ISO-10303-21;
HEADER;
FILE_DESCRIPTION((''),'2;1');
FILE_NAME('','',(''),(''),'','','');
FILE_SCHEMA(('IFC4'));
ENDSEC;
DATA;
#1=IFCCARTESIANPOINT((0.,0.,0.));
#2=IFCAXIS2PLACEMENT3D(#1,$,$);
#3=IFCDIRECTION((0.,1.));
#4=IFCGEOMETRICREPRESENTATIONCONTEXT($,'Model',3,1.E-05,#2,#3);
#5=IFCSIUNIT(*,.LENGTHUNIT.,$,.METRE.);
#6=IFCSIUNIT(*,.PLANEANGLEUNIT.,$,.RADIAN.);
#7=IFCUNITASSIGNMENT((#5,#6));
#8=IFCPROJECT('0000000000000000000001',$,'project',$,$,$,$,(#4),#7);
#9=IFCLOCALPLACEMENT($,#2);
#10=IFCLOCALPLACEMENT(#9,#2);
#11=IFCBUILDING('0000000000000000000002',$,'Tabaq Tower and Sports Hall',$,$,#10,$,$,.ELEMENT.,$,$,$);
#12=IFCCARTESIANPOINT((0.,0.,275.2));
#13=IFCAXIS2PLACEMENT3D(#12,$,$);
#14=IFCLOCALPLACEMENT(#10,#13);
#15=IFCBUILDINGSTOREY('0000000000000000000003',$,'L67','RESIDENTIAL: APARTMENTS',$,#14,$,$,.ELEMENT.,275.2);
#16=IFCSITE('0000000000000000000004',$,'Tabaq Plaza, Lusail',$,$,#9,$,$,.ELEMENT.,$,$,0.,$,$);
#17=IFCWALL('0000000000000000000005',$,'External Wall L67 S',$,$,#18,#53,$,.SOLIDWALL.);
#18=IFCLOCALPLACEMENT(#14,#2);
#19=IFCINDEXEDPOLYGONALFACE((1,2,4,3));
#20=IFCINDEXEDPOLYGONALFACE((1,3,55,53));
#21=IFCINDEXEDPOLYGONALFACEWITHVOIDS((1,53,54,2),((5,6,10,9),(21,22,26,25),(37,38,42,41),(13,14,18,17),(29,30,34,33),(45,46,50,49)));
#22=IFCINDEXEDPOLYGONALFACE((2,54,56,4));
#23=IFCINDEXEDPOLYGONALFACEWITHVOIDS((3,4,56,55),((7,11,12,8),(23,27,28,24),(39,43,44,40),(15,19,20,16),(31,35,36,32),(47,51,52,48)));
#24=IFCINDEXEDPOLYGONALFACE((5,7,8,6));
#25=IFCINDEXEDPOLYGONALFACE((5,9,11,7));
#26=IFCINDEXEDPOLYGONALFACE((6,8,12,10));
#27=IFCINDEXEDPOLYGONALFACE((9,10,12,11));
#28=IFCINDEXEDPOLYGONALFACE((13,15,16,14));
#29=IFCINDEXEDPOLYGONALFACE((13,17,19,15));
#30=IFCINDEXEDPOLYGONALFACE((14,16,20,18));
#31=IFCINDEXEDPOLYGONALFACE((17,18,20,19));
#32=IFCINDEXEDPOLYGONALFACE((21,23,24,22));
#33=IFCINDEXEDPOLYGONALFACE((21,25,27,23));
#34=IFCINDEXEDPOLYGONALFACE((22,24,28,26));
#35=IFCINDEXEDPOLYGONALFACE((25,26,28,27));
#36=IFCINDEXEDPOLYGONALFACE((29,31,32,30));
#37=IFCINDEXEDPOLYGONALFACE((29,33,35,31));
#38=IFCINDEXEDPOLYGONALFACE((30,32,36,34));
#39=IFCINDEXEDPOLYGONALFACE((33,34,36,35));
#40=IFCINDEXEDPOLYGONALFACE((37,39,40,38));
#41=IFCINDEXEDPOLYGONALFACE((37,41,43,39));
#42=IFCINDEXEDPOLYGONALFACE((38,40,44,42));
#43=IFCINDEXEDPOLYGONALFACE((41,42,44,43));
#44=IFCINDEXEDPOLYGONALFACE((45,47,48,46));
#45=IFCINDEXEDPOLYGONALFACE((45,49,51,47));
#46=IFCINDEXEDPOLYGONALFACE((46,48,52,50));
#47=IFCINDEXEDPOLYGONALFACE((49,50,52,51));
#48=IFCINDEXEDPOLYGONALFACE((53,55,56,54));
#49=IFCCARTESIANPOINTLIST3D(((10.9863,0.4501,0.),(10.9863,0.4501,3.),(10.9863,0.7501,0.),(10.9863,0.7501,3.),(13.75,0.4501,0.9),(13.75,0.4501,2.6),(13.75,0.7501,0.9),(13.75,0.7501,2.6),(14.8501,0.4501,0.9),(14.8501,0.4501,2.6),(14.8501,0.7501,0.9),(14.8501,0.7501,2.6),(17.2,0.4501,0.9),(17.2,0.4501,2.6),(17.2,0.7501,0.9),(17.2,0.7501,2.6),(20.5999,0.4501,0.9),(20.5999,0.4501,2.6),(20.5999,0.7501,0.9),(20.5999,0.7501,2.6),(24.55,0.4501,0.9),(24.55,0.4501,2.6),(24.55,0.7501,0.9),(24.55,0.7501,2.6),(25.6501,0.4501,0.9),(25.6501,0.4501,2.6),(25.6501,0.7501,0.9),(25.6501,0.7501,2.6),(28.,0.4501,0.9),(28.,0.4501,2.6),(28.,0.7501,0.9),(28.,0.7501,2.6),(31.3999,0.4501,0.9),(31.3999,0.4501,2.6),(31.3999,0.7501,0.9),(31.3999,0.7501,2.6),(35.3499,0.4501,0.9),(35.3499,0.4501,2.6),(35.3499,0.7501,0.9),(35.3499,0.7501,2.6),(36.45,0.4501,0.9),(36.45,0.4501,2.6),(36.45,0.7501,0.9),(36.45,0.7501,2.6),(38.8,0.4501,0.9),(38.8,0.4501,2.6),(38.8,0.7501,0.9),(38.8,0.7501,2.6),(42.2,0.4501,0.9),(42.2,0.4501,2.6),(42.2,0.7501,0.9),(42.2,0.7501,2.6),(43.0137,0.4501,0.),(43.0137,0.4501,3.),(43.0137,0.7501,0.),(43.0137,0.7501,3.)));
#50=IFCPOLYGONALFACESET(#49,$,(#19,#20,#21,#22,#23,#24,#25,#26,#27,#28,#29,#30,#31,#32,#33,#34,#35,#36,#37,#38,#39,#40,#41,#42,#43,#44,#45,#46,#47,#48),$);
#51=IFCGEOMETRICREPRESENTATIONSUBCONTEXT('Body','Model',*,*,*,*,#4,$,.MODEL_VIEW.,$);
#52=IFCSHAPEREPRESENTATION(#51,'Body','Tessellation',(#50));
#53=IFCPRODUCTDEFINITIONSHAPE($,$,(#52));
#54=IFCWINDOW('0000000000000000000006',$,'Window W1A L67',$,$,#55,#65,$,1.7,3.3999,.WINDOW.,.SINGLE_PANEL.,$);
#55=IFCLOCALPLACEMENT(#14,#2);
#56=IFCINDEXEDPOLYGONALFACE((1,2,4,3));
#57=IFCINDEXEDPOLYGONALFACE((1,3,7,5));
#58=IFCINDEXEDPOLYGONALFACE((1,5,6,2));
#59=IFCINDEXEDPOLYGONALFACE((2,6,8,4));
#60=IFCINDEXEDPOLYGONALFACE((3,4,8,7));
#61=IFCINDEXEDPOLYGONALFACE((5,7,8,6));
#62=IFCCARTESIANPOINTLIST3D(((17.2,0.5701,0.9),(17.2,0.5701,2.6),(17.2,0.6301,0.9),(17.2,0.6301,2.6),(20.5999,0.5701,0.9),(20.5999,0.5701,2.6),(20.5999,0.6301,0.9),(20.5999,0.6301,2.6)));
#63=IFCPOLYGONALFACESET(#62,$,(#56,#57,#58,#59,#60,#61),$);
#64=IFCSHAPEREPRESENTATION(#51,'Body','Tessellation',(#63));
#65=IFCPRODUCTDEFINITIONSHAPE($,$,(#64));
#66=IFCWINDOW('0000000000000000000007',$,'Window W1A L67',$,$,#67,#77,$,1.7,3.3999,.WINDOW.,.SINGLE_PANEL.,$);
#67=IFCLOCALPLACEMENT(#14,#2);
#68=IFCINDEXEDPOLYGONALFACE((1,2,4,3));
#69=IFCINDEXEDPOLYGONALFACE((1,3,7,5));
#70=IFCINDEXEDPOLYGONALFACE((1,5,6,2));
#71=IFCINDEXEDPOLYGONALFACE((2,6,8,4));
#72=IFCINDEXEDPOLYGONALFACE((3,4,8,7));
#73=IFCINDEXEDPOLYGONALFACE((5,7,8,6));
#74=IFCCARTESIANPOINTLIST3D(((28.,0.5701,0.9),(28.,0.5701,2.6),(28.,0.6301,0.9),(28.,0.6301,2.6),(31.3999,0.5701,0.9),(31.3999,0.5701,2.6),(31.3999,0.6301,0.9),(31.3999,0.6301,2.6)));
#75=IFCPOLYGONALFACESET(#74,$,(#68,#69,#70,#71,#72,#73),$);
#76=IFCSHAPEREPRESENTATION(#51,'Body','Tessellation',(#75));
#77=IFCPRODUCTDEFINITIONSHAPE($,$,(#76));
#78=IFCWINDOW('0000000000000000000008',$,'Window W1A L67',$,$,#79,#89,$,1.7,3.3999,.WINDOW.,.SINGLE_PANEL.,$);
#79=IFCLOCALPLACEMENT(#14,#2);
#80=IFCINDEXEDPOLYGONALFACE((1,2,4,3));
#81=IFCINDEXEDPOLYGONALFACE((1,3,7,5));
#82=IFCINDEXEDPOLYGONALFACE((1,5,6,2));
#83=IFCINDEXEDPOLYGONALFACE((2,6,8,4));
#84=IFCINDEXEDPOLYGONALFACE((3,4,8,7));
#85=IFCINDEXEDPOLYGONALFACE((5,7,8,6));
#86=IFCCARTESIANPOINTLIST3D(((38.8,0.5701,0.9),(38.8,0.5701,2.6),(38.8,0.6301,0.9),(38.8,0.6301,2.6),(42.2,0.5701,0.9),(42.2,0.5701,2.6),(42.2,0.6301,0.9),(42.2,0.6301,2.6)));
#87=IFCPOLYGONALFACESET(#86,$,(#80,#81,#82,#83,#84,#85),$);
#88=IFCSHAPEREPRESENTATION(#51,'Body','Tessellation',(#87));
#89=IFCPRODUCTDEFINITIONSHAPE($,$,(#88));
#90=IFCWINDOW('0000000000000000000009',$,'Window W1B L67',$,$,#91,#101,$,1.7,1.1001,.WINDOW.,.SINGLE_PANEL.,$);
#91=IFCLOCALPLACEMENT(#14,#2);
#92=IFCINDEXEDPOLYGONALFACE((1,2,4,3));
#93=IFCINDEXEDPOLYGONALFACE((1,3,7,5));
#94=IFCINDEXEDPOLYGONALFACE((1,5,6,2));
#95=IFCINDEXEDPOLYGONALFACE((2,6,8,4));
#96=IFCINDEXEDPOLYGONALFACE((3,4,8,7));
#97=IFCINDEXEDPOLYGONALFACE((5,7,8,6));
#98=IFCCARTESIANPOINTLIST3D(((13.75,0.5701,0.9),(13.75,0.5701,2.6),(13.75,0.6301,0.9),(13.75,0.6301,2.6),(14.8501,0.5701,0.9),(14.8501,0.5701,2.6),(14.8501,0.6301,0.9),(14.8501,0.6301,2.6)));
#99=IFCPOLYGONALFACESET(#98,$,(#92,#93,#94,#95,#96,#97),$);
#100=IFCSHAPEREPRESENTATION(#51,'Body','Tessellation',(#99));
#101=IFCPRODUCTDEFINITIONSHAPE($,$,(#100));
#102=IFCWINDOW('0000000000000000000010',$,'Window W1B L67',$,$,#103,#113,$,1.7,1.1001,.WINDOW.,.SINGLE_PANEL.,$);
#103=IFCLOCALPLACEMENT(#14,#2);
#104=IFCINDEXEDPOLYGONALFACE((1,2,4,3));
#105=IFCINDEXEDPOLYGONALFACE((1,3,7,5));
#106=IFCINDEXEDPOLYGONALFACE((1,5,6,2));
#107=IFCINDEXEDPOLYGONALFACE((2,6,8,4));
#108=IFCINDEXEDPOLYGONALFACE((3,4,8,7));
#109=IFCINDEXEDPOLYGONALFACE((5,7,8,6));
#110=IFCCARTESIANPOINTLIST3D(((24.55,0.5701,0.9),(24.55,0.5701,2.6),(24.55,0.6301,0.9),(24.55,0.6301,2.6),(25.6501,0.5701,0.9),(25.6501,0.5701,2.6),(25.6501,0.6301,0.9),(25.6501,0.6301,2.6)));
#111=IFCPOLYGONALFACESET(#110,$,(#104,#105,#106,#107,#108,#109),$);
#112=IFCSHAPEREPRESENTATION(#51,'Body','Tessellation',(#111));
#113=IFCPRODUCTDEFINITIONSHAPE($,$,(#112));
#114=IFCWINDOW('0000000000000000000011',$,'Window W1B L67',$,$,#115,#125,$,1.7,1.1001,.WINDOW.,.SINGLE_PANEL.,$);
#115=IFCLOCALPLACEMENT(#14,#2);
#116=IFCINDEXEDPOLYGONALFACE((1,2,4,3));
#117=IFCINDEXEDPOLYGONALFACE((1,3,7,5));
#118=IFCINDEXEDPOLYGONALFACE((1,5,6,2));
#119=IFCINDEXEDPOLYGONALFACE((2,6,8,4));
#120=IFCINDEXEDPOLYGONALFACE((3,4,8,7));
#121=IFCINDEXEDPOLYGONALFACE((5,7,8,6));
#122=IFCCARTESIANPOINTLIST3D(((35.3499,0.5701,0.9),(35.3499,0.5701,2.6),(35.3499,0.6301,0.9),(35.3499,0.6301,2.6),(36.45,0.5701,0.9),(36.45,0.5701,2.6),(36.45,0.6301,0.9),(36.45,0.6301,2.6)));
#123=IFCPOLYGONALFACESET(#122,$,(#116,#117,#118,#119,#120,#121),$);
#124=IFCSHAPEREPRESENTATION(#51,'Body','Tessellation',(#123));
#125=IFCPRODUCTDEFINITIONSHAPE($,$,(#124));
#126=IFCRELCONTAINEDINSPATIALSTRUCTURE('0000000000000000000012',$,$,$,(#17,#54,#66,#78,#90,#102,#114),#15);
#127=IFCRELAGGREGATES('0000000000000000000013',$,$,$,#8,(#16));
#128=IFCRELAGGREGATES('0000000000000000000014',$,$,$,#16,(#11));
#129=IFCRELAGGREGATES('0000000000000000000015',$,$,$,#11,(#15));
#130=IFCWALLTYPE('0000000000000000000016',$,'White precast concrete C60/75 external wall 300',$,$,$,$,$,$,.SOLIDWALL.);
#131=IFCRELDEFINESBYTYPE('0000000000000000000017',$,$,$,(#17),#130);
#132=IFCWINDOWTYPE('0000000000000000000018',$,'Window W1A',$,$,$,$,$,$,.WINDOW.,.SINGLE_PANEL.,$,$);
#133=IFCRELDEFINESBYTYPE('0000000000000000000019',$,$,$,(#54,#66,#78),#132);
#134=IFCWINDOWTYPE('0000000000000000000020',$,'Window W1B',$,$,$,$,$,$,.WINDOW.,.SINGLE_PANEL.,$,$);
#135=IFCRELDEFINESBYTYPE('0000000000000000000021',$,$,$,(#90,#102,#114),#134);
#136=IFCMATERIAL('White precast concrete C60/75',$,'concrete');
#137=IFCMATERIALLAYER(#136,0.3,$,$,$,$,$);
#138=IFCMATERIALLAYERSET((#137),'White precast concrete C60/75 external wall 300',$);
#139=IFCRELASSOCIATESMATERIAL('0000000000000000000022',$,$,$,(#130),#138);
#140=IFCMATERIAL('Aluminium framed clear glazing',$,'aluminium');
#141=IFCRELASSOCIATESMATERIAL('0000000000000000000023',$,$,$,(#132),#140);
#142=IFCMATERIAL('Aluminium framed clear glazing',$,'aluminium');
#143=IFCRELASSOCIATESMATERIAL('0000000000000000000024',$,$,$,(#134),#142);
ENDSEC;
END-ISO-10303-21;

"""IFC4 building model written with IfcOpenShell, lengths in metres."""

from ifc_helpers import new_model, si_unit, direction, frame, frame_2d, origin, place, context, subcontext, project, spatial, rectangle, extrude, material, layer, layer_set, type_object, element, fill, save


model = new_model("IFC4")

# Units and contexts
model_context = context("Model", 3, precision=1e-05, world=origin(), true_north=direction((0.0, 1.0)))
body_context = subcontext(model_context, "Body", "Model", "MODEL_VIEW")
ifc_project = project(units=[si_unit("LENGTHUNIT", "METRE"), si_unit("PLANEANGLEUNIT", "RADIAN")], contexts=[model_context])

# Site, building, storey
site_placement = place(None, origin())
site = spatial("IfcSite", under=ifc_project, at=site_placement, Name="Tabaq Plaza, Lusail", CompositionType="ELEMENT", RefElevation=0.0)
building_placement = place(site_placement, origin())
building = spatial("IfcBuilding", under=site, at=building_placement, Name="Tabaq Tower and Sports Hall", CompositionType="ELEMENT")
storey_placement = place(building_placement, frame((0.0, 0.0, 275.2)))
storey = spatial("IfcBuildingStorey", under=building, at=storey_placement, Name="L67", Description="RESIDENTIAL: APARTMENTS", CompositionType="ELEMENT", Elevation=275.2)

# Wall, openings, windows
ifc_material_1 = material(Name="White precast concrete C60/75", Category="concrete")
ifc_layer_1 = layer(ifc_material_1, 0.3)
ifc_layer_set_1 = layer_set([ifc_layer_1], Name="White precast concrete C60/75 external wall 300")
wall_type_1 = type_object("IfcWallType", Name="White precast concrete C60/75 external wall 300", PredefinedType="SOLIDWALL", material=ifc_layer_set_1)
wall_1_placement = place(storey_placement, frame((10.9863, 0.6001, 0.0), z_axis=(0.0, 0.0, 1.0), x_axis=(1.0, 0.0, 0.0)))
wall_1 = element("IfcWall", 1, at=wall_1_placement, inside=storey, type_object=wall_type_1, Name="External Wall L67 S", PredefinedType="SOLIDWALL", context=body_context, shape_type="SweptSolid", body=[
    extrude(rectangle(XDim=32.0273, YDim=0.3, at=frame_2d((16.0137, 0.0))), origin(), (0.0, 0.0, 1.0), 3.0),
])
opening_1_placement = place(wall_1_placement, frame((2.7637, 0.0, 0.8999)))
opening_1 = element("IfcOpeningElement", 2, at=opening_1_placement, cuts=wall_1, PredefinedType="OPENING", context=body_context, shape_type="SweptSolid", body=[
    extrude(rectangle(XDim=1.1001, YDim=1.7, at=frame_2d((0.55, 0.8501))), frame((0.0, 0.1602, 0.0), z_axis=(0.0, -1.0, 0.0), x_axis=(1.0, 0.0, 0.0)), (0.0, 0.0, 1.0), 0.3201),
])
opening_2_placement = place(wall_1_placement, frame((6.2136, 0.0, 0.8999)))
opening_2 = element("IfcOpeningElement", 3, at=opening_2_placement, cuts=wall_1, PredefinedType="OPENING", context=body_context, shape_type="SweptSolid", body=[
    extrude(rectangle(XDim=3.3999, YDim=1.7, at=frame_2d((1.7, 0.8501))), frame((0.0, 0.1602, 0.0), z_axis=(0.0, -1.0, 0.0), x_axis=(1.0, 0.0, 0.0)), (0.0, 0.0, 1.0), 0.3201),
])
opening_3_placement = place(wall_1_placement, frame((13.5637, 0.0, 0.8999)))
opening_3 = element("IfcOpeningElement", 4, at=opening_3_placement, cuts=wall_1, PredefinedType="OPENING", context=body_context, shape_type="SweptSolid", body=[
    extrude(rectangle(XDim=1.1001, YDim=1.7, at=frame_2d((0.55, 0.8501))), frame((0.0, 0.1602, 0.0), z_axis=(0.0, -1.0, 0.0), x_axis=(1.0, 0.0, 0.0)), (0.0, 0.0, 1.0), 0.3201),
])
opening_4_placement = place(wall_1_placement, frame((17.0137, 0.0, 0.8999)))
opening_4 = element("IfcOpeningElement", 5, at=opening_4_placement, cuts=wall_1, PredefinedType="OPENING", context=body_context, shape_type="SweptSolid", body=[
    extrude(rectangle(XDim=3.3999, YDim=1.7, at=frame_2d((1.7, 0.8501))), frame((0.0, 0.1602, 0.0), z_axis=(0.0, -1.0, 0.0), x_axis=(1.0, 0.0, 0.0)), (0.0, 0.0, 1.0), 0.3201),
])
opening_5_placement = place(wall_1_placement, frame((24.3635, 0.0, 0.8999)))
opening_5 = element("IfcOpeningElement", 6, at=opening_5_placement, cuts=wall_1, PredefinedType="OPENING", context=body_context, shape_type="SweptSolid", body=[
    extrude(rectangle(XDim=1.1001, YDim=1.7, at=frame_2d((0.55, 0.8501))), frame((0.0, 0.1602, 0.0), z_axis=(0.0, -1.0, 0.0), x_axis=(1.0, 0.0, 0.0)), (0.0, 0.0, 1.0), 0.3201),
])
opening_6_placement = place(wall_1_placement, frame((27.8137, 0.0, 0.8999)))
opening_6 = element("IfcOpeningElement", 7, at=opening_6_placement, cuts=wall_1, PredefinedType="OPENING", context=body_context, shape_type="SweptSolid", body=[
    extrude(rectangle(XDim=3.3999, YDim=1.7, at=frame_2d((1.7, 0.8501))), frame((0.0, 0.1602, 0.0), z_axis=(0.0, -1.0, 0.0), x_axis=(1.0, 0.0, 0.0)), (0.0, 0.0, 1.0), 0.3201),
])
ifc_material_2 = material(Name="Aluminium framed clear glazing", Category="aluminium")
window_type_1 = type_object("IfcWindowType", Name="Window W1A", PartitioningType="SINGLE_PANEL", PredefinedType="WINDOW", material=ifc_material_2)
window_1_placement = place(opening_2_placement, origin())
window_1 = element("IfcWindow", 8, at=window_1_placement, inside=storey, type_object=window_type_1, Name="Window W1A L67", OverallHeight=1.7, OverallWidth=3.3999, PartitioningType="SINGLE_PANEL", PredefinedType="WINDOW", context=body_context, shape_type="SweptSolid", body=[
    extrude(rectangle(XDim=3.3999, YDim=1.7, at=frame_2d((1.7, 0.8501))), frame((0.0, 0.03, 0.0), z_axis=(0.0, -1.0, 0.0), x_axis=(1.0, 0.0, 0.0)), (0.0, 0.0, 1.0), 0.0601),
])
fill(opening_2, window_1)
window_2_placement = place(opening_4_placement, origin())
window_2 = element("IfcWindow", 9, at=window_2_placement, inside=storey, type_object=window_type_1, Name="Window W1A L67", OverallHeight=1.7, OverallWidth=3.3999, PartitioningType="SINGLE_PANEL", PredefinedType="WINDOW", context=body_context, shape_type="SweptSolid", body=[
    extrude(rectangle(XDim=3.3999, YDim=1.7, at=frame_2d((1.7, 0.8501))), frame((0.0, 0.03, 0.0), z_axis=(0.0, -1.0, 0.0), x_axis=(1.0, 0.0, 0.0)), (0.0, 0.0, 1.0), 0.0601),
])
fill(opening_4, window_2)
window_3_placement = place(opening_6_placement, origin())
window_3 = element("IfcWindow", 10, at=window_3_placement, inside=storey, type_object=window_type_1, Name="Window W1A L67", OverallHeight=1.7, OverallWidth=3.3999, PartitioningType="SINGLE_PANEL", PredefinedType="WINDOW", context=body_context, shape_type="SweptSolid", body=[
    extrude(rectangle(XDim=3.3999, YDim=1.7, at=frame_2d((1.7, 0.8501))), frame((0.0, 0.03, 0.0), z_axis=(0.0, -1.0, 0.0), x_axis=(1.0, 0.0, 0.0)), (0.0, 0.0, 1.0), 0.0601),
])
fill(opening_6, window_3)
ifc_material_3 = material(Name="Aluminium framed clear glazing", Category="aluminium")
window_type_2 = type_object("IfcWindowType", Name="Window W1B", PartitioningType="SINGLE_PANEL", PredefinedType="WINDOW", material=ifc_material_3)
window_4_placement = place(opening_1_placement, origin())
window_4 = element("IfcWindow", 11, at=window_4_placement, inside=storey, type_object=window_type_2, Name="Window W1B L67", OverallHeight=1.7, OverallWidth=1.1001, PartitioningType="SINGLE_PANEL", PredefinedType="WINDOW", context=body_context, shape_type="SweptSolid", body=[
    extrude(rectangle(XDim=1.1001, YDim=1.7, at=frame_2d((0.55, 0.8501))), frame((0.0, 0.03, 0.0), z_axis=(0.0, -1.0, 0.0), x_axis=(1.0, 0.0, 0.0)), (0.0, 0.0, 1.0), 0.0601),
])
fill(opening_1, window_4)
window_5_placement = place(opening_3_placement, origin())
window_5 = element("IfcWindow", 12, at=window_5_placement, inside=storey, type_object=window_type_2, Name="Window W1B L67", OverallHeight=1.7, OverallWidth=1.1001, PartitioningType="SINGLE_PANEL", PredefinedType="WINDOW", context=body_context, shape_type="SweptSolid", body=[
    extrude(rectangle(XDim=1.1001, YDim=1.7, at=frame_2d((0.55, 0.8501))), frame((0.0, 0.03, 0.0), z_axis=(0.0, -1.0, 0.0), x_axis=(1.0, 0.0, 0.0)), (0.0, 0.0, 1.0), 0.0601),
])
fill(opening_3, window_5)
window_6_placement = place(opening_5_placement, origin())
window_6 = element("IfcWindow", 13, at=window_6_placement, inside=storey, type_object=window_type_2, Name="Window W1B L67", OverallHeight=1.7, OverallWidth=1.1001, PartitioningType="SINGLE_PANEL", PredefinedType="WINDOW", context=body_context, shape_type="SweptSolid", body=[
    extrude(rectangle(XDim=1.1001, YDim=1.7, at=frame_2d((0.55, 0.8501))), frame((0.0, 0.03, 0.0), z_axis=(0.0, -1.0, 0.0), x_axis=(1.0, 0.0, 0.0)), (0.0, 0.0, 1.0), 0.0601),
])
fill(opening_5, window_6)

save(model, "model.ifc")
